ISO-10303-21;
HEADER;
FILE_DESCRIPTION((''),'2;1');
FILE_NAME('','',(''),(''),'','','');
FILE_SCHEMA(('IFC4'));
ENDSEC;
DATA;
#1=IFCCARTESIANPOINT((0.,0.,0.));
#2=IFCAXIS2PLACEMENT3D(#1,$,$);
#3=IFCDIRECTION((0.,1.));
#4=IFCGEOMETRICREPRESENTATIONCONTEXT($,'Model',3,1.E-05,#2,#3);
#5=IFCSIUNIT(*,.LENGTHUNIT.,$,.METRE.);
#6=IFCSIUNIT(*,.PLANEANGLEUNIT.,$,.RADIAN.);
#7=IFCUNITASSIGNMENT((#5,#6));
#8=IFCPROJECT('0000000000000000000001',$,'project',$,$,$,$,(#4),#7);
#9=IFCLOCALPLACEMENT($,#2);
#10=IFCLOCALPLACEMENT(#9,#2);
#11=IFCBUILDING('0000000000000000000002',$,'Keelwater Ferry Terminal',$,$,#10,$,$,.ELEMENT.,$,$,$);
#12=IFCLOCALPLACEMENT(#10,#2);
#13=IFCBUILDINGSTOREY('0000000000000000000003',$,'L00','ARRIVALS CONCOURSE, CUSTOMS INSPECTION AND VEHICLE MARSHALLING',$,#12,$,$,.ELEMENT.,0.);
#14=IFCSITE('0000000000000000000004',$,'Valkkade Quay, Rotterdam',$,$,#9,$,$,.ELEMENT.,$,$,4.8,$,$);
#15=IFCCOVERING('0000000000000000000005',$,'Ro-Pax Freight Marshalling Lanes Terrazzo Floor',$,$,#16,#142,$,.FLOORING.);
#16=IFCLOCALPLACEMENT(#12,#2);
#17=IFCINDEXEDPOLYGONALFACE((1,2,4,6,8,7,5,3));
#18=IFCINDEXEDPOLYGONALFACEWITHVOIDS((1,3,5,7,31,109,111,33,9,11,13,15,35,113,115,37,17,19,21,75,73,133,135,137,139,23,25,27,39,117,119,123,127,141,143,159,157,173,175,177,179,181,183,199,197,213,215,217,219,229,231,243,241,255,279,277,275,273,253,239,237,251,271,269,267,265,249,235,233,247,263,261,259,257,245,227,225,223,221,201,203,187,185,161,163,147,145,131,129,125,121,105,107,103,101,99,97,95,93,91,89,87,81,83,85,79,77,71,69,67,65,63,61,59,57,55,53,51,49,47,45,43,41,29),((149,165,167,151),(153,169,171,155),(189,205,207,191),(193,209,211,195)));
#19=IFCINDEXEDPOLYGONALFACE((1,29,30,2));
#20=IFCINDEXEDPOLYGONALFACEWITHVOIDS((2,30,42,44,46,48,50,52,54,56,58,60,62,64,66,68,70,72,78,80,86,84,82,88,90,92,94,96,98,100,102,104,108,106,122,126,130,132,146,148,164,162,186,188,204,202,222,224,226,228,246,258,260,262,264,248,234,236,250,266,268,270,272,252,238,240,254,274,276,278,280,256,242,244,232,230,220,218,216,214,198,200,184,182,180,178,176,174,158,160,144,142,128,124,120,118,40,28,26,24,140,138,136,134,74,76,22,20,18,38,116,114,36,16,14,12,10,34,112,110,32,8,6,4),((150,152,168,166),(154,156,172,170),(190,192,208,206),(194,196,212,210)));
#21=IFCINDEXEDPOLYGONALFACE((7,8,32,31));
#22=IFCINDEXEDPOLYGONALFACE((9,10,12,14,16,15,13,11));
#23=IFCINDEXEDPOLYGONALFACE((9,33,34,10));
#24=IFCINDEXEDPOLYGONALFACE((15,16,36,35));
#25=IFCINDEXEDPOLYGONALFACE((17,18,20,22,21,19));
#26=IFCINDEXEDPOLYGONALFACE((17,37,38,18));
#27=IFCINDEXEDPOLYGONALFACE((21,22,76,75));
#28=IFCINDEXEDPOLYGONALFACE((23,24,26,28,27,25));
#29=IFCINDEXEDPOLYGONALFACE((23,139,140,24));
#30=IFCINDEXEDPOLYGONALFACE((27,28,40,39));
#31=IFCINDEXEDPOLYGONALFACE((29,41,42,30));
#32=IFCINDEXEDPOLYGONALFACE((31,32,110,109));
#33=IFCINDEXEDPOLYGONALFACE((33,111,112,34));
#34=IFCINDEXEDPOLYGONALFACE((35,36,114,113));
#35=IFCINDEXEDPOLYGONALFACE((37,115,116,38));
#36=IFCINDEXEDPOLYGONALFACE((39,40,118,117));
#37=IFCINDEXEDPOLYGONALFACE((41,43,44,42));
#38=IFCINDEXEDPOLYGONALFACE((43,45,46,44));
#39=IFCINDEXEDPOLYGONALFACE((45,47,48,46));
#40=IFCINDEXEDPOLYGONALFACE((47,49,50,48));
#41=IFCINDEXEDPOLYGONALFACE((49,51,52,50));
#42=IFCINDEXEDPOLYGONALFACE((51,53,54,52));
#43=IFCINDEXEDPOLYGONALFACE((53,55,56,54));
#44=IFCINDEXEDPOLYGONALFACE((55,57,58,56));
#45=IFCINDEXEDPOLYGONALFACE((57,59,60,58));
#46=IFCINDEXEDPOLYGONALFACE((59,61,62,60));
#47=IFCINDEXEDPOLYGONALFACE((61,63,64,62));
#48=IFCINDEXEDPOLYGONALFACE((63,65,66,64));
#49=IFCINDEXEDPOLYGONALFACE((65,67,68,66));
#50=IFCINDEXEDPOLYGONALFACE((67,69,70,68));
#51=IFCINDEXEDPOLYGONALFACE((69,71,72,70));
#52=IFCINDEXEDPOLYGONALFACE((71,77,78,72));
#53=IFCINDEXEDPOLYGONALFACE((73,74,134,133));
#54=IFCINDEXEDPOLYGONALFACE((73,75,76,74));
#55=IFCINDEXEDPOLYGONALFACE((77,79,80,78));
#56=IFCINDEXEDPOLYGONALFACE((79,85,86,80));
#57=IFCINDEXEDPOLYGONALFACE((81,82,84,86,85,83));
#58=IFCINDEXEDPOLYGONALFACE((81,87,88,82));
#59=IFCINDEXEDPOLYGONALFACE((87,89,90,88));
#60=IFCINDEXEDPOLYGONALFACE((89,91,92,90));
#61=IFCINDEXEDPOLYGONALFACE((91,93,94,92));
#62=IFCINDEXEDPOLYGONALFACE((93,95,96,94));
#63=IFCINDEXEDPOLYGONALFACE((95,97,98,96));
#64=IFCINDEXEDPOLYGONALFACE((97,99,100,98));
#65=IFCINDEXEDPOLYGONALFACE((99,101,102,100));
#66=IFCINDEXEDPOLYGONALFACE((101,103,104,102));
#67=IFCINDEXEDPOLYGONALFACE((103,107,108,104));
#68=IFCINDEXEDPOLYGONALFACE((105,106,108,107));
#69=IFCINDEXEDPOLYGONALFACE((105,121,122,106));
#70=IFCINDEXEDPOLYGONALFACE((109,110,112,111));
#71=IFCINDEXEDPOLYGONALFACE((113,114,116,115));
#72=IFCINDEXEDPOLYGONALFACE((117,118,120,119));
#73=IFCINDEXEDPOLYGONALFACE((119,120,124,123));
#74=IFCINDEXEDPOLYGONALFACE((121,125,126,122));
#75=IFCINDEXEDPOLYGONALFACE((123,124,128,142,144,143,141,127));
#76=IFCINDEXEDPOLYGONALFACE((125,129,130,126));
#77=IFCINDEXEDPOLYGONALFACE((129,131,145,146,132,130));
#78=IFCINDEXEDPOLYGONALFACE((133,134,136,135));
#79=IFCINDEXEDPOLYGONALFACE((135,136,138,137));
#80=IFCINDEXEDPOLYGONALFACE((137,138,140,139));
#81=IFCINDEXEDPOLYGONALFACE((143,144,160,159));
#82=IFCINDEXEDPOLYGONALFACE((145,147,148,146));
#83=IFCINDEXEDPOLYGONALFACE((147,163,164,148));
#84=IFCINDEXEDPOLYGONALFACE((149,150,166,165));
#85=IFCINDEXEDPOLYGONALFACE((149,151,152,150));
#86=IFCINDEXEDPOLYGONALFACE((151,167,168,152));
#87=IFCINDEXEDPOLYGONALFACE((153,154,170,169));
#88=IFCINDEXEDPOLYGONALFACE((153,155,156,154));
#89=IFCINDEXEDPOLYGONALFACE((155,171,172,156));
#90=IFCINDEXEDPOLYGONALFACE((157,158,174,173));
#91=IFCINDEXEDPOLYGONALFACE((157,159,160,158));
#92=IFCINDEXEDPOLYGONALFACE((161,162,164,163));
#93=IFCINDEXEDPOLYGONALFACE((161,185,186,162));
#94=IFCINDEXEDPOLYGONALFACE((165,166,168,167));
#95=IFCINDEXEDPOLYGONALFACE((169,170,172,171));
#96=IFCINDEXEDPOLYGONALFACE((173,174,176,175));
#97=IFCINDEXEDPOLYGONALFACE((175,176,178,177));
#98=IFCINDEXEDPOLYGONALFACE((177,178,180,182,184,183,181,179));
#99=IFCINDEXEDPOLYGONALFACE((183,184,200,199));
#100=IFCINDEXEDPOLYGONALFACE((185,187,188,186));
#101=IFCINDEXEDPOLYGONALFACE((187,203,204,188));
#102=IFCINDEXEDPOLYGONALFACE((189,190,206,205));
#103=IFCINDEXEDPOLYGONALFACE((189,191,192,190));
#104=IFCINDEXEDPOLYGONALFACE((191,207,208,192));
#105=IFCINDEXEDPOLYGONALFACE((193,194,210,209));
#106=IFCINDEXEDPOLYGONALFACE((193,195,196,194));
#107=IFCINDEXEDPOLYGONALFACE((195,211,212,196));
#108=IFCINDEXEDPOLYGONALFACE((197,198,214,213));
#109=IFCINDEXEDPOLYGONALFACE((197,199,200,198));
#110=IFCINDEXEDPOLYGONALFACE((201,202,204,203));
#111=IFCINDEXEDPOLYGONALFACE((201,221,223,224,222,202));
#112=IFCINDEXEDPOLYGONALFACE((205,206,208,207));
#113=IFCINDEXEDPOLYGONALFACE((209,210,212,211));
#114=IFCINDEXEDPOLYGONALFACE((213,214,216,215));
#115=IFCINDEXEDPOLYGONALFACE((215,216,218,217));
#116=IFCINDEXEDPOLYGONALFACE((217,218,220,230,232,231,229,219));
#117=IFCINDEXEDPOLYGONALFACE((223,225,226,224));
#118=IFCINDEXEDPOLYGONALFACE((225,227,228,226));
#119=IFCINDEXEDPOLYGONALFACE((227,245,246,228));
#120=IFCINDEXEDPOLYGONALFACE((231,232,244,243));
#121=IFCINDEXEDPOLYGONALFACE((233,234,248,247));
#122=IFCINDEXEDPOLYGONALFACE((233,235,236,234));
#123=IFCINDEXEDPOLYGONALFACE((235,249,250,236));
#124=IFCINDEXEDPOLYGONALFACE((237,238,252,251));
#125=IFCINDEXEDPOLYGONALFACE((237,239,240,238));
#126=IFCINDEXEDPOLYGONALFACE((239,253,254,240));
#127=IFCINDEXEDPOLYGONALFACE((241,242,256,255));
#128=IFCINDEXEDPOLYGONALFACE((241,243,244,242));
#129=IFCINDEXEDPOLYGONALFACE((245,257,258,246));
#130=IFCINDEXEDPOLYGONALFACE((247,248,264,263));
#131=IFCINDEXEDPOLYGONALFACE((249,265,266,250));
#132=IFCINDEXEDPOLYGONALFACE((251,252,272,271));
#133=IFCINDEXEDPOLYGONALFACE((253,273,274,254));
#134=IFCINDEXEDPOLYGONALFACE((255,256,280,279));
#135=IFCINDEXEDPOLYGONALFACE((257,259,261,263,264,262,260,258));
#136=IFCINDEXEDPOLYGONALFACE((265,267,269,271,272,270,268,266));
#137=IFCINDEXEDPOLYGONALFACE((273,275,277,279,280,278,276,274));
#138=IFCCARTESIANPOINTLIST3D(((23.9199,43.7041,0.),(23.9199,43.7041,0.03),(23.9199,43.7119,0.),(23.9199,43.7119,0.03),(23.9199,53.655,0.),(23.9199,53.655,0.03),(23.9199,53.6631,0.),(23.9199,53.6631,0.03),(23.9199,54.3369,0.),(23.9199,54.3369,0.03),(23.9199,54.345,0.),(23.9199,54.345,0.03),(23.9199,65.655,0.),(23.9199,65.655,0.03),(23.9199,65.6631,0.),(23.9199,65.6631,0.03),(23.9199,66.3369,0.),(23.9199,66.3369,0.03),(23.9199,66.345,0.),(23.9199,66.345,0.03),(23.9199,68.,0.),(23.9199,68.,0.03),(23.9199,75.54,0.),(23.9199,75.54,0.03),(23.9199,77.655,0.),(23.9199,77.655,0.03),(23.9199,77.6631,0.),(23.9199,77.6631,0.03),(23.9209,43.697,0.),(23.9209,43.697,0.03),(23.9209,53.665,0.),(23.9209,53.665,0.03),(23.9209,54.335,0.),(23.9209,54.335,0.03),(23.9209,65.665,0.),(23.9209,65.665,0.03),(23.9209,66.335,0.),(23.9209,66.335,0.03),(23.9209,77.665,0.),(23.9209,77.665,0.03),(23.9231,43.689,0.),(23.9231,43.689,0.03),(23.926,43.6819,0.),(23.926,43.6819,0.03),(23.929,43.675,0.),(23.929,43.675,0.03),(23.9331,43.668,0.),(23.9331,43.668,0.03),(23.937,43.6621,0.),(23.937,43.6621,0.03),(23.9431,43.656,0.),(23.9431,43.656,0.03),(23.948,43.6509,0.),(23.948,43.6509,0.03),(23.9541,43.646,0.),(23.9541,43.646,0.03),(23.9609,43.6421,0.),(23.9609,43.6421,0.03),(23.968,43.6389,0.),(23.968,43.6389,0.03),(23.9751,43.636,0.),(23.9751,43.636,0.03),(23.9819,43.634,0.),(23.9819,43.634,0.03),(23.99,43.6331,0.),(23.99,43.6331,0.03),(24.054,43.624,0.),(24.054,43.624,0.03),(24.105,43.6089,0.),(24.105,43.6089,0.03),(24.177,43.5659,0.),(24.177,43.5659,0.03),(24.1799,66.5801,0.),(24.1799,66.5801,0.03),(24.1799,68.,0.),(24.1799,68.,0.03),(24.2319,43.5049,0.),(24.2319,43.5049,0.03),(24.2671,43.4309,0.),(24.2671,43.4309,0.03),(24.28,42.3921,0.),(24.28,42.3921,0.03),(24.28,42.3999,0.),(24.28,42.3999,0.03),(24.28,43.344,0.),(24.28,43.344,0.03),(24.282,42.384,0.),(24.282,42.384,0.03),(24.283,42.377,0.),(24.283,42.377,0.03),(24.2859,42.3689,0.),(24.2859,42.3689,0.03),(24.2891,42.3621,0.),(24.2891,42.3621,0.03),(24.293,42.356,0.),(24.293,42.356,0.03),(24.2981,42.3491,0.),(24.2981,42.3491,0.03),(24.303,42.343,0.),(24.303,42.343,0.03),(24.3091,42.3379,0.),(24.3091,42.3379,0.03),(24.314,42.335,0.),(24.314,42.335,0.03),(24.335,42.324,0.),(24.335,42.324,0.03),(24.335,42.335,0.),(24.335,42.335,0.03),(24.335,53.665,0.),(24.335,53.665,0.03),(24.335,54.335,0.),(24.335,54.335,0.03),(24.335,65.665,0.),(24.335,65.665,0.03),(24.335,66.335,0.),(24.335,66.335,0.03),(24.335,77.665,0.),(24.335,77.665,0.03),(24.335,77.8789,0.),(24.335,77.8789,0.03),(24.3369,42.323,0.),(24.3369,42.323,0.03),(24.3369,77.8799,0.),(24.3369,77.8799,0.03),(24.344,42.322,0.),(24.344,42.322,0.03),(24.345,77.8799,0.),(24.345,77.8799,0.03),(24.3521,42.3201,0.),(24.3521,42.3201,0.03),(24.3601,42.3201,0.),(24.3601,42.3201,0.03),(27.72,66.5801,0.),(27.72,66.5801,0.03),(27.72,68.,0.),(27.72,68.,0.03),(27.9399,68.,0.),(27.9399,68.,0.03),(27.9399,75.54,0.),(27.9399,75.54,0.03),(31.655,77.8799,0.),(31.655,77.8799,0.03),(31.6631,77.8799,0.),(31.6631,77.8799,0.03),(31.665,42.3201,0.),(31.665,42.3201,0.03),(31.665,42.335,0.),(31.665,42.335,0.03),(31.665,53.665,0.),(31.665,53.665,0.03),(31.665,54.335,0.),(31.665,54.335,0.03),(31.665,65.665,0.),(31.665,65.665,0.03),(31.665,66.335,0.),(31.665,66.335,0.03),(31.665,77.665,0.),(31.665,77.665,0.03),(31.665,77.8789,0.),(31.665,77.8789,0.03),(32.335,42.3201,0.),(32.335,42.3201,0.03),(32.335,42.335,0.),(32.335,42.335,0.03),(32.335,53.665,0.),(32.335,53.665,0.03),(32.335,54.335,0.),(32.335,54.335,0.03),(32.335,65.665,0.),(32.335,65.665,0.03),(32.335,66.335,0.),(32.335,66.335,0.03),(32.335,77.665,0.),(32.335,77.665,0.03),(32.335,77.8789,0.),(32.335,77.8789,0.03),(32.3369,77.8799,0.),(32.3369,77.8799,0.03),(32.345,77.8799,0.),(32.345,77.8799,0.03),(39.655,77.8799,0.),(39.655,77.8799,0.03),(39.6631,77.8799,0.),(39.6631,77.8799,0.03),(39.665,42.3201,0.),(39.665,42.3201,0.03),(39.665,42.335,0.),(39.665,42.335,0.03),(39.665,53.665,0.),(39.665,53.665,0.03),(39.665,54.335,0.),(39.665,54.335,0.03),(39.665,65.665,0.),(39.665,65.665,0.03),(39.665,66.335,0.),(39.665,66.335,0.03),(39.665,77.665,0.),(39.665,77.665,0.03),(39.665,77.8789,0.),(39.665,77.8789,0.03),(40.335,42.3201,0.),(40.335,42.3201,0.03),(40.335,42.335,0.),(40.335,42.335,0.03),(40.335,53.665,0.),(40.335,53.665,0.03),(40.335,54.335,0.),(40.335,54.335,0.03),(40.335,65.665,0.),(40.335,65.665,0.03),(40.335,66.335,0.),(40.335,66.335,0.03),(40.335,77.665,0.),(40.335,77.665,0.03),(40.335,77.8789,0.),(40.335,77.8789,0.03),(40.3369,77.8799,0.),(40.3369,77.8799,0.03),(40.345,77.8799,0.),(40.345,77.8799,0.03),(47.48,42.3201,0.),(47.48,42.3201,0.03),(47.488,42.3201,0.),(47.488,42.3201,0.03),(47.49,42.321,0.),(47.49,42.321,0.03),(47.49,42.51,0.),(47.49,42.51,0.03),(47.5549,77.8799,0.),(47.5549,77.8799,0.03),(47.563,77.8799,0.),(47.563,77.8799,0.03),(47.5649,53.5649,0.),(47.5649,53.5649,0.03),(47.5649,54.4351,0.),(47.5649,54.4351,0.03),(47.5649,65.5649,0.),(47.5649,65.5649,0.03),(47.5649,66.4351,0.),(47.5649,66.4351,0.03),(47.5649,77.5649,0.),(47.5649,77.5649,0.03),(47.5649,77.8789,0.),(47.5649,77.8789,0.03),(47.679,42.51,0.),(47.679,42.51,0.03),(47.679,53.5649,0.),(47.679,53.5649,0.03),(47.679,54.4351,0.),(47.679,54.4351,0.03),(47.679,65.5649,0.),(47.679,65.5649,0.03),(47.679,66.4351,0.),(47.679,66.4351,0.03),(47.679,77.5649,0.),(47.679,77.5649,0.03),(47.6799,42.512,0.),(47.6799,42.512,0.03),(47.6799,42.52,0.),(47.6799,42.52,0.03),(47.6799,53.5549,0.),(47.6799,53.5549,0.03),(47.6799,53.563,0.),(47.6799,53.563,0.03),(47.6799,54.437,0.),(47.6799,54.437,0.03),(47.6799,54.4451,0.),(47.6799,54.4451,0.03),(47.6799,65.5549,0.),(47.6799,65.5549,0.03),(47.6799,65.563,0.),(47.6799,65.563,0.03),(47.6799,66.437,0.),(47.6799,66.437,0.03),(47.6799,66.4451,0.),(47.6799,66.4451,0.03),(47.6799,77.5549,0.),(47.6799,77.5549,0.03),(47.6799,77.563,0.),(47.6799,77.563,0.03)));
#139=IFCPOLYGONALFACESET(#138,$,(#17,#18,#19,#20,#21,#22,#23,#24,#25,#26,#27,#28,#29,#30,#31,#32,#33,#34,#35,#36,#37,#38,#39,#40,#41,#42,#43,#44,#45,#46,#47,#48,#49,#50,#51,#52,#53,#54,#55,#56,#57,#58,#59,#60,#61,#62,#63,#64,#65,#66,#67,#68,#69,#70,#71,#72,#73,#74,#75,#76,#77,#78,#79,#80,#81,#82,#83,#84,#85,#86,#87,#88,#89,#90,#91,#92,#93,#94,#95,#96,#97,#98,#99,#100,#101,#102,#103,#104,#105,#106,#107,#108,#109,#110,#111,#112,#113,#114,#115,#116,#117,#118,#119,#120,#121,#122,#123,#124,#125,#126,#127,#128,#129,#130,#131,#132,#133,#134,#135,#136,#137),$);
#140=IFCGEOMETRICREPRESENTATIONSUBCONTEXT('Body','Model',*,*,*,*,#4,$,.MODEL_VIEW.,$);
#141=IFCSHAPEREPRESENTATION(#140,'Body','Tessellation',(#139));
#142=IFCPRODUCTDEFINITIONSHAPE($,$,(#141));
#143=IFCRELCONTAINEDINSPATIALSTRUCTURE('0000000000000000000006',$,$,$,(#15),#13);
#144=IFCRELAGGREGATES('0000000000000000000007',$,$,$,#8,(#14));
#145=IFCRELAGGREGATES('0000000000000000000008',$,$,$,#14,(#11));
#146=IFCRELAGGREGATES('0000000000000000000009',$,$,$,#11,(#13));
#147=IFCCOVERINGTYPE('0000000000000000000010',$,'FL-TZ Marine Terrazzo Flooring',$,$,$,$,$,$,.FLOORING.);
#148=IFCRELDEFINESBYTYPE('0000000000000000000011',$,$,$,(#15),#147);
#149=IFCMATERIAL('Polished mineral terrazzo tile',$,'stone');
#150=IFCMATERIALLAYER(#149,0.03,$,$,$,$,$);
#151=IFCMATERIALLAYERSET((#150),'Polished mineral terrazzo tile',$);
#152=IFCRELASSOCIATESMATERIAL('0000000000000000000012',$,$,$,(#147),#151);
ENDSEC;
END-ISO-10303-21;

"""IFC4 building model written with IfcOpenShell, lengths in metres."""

from ifc_helpers import new_model, si_unit, direction, origin, place, context, subcontext, project, spatial, polyline, outline, extrude, material, layer, layer_set, type_object, element, save


model = new_model("IFC4")

# Units and contexts
model_context = context("Model", 3, precision=1e-05, world=origin(), true_north=direction((0.0, 1.0)))
body_context = subcontext(model_context, "Body", "Model", "MODEL_VIEW")
ifc_project = project(units=[si_unit("LENGTHUNIT", "METRE"), si_unit("PLANEANGLEUNIT", "RADIAN")], contexts=[model_context])

# Site, building, storey
site_placement = place(None, origin())
site = spatial("IfcSite", under=ifc_project, at=site_placement, Name="Valkkade Quay, Rotterdam", CompositionType="ELEMENT", RefElevation=4.8)
building_placement = place(site_placement, origin())
building = spatial("IfcBuilding", under=site, at=building_placement, Name="Keelwater Ferry Terminal", CompositionType="ELEMENT")
storey_placement = place(building_placement, origin())
storey = spatial("IfcBuildingStorey", under=building, at=storey_placement, Name="L00", Description="ARRIVALS CONCOURSE, CUSTOMS INSPECTION AND VEHICLE MARSHALLING", CompositionType="ELEMENT", Elevation=0.0)

# Covering
ifc_material_1 = material(Name="Polished mineral terrazzo tile", Category="stone")
ifc_layer_1 = layer(ifc_material_1, 0.03)
ifc_layer_set_1 = layer_set([ifc_layer_1], Name="Polished mineral terrazzo tile")
covering_type_1 = type_object("IfcCoveringType", Name="FL-TZ Marine Terrazzo Flooring", PredefinedType="FLOORING", material=ifc_layer_set_1)
covering_1_placement = place(storey_placement, origin())
element("IfcCovering", 1, at=covering_1_placement, inside=storey, type_object=covering_type_1, Name="Ro-Pax Freight Marshalling Lanes Terrazzo Floor", PredefinedType="FLOORING", context=body_context, shape_type="SweptSolid", body=[
    extrude(outline(polyline([(31.665, 77.8789), (31.665, 77.665), (32.335, 77.665), (32.335, 77.8789), (32.3369, 77.8799), (32.345, 77.8799), (39.655, 77.8799), (39.6631, 77.8799), (39.665, 77.8789), (39.665, 77.665), (40.335, 77.665), (40.335, 77.8789), (40.3369, 77.8799), (40.345, 77.8799), (47.5549, 77.8799), (47.563, 77.8799), (47.5649, 77.8789), (47.5649, 77.5649), (47.679, 77.5649), (47.6799, 77.563), (47.6799, 77.5549), (47.6799, 66.4451), (47.6799, 66.437), (47.679, 66.4351), (47.5649, 66.4351), (47.5649, 65.5649), (47.679, 65.5649), (47.6799, 65.563), (47.6799, 65.5549), (47.6799, 54.4451), (47.6799, 54.437), (47.679, 54.4351), (47.5649, 54.4351), (47.5649, 53.5649), (47.679, 53.5649), (47.6799, 53.563), (47.6799, 53.5549), (47.6799, 42.52), (47.6799, 42.512), (47.679, 42.51), (47.49, 42.51), (47.49, 42.321), (47.488, 42.3201), (47.48, 42.3201), (40.335, 42.3201), (40.335, 42.335), (39.665, 42.335), (39.665, 42.3201), (32.335, 42.3201), (32.335, 42.335), (31.665, 42.335), (31.665, 42.3201), (24.3601, 42.3201), (24.3521, 42.3201), (24.344, 42.322), (24.3369, 42.323), (24.335, 42.324), (24.335, 42.335), (24.314, 42.335), (24.3091, 42.3379), (24.303, 42.343), (24.2981, 42.3491), (24.293, 42.356), (24.2891, 42.3621), (24.2859, 42.3689), (24.283, 42.377), (24.282, 42.384), (24.28, 42.3921), (24.28, 42.3999), (24.28, 43.344), (24.2671, 43.4309), (24.2319, 43.5049), (24.177, 43.5659), (24.105, 43.6089), (24.054, 43.624), (23.99, 43.6331), (23.9819, 43.634), (23.9751, 43.636), (23.968, 43.6389), (23.9609, 43.6421), (23.9541, 43.646), (23.948, 43.6509), (23.9431, 43.656), (23.937, 43.6621), (23.9331, 43.668), (23.929, 43.675), (23.926, 43.6819), (23.9231, 43.689), (23.9209, 43.697), (23.9199, 43.7041), (23.9199, 43.7119), (23.9199, 53.655), (23.9199, 53.6631), (23.9209, 53.665), (24.335, 53.665), (24.335, 54.335), (23.9209, 54.335), (23.9199, 54.3369), (23.9199, 54.345), (23.9199, 65.655), (23.9199, 65.6631), (23.9209, 65.665), (24.335, 65.665), (24.335, 66.335), (23.9209, 66.335), (23.9199, 66.3369), (23.9199, 66.345), (23.9199, 68.0), (24.1799, 68.0), (24.1799, 66.5801), (27.72, 66.5801), (27.72, 68.0), (27.9399, 68.0), (27.9399, 75.54), (23.9199, 75.54), (23.9199, 77.655), (23.9199, 77.6631), (23.9209, 77.665), (24.335, 77.665), (24.335, 77.8789), (24.3369, 77.8799), (24.345, 77.8799), (31.655, 77.8799), (31.6631, 77.8799), (31.665, 77.8789)]), holes=[polyline([(32.335, 54.335), (31.665, 54.335), (31.665, 53.665), (32.335, 53.665), (32.335, 54.335)]), polyline([(31.665, 66.335), (31.665, 65.665), (32.335, 65.665), (32.335, 66.335), (31.665, 66.335)]), polyline([(40.335, 54.335), (39.665, 54.335), (39.665, 53.665), (40.335, 53.665), (40.335, 54.335)]), polyline([(40.335, 66.335), (39.665, 66.335), (39.665, 65.665), (40.335, 65.665), (40.335, 66.335)])]), origin(), (0.0, 0.0, 1.0), 0.03),
])

save(model, "model.ifc")
